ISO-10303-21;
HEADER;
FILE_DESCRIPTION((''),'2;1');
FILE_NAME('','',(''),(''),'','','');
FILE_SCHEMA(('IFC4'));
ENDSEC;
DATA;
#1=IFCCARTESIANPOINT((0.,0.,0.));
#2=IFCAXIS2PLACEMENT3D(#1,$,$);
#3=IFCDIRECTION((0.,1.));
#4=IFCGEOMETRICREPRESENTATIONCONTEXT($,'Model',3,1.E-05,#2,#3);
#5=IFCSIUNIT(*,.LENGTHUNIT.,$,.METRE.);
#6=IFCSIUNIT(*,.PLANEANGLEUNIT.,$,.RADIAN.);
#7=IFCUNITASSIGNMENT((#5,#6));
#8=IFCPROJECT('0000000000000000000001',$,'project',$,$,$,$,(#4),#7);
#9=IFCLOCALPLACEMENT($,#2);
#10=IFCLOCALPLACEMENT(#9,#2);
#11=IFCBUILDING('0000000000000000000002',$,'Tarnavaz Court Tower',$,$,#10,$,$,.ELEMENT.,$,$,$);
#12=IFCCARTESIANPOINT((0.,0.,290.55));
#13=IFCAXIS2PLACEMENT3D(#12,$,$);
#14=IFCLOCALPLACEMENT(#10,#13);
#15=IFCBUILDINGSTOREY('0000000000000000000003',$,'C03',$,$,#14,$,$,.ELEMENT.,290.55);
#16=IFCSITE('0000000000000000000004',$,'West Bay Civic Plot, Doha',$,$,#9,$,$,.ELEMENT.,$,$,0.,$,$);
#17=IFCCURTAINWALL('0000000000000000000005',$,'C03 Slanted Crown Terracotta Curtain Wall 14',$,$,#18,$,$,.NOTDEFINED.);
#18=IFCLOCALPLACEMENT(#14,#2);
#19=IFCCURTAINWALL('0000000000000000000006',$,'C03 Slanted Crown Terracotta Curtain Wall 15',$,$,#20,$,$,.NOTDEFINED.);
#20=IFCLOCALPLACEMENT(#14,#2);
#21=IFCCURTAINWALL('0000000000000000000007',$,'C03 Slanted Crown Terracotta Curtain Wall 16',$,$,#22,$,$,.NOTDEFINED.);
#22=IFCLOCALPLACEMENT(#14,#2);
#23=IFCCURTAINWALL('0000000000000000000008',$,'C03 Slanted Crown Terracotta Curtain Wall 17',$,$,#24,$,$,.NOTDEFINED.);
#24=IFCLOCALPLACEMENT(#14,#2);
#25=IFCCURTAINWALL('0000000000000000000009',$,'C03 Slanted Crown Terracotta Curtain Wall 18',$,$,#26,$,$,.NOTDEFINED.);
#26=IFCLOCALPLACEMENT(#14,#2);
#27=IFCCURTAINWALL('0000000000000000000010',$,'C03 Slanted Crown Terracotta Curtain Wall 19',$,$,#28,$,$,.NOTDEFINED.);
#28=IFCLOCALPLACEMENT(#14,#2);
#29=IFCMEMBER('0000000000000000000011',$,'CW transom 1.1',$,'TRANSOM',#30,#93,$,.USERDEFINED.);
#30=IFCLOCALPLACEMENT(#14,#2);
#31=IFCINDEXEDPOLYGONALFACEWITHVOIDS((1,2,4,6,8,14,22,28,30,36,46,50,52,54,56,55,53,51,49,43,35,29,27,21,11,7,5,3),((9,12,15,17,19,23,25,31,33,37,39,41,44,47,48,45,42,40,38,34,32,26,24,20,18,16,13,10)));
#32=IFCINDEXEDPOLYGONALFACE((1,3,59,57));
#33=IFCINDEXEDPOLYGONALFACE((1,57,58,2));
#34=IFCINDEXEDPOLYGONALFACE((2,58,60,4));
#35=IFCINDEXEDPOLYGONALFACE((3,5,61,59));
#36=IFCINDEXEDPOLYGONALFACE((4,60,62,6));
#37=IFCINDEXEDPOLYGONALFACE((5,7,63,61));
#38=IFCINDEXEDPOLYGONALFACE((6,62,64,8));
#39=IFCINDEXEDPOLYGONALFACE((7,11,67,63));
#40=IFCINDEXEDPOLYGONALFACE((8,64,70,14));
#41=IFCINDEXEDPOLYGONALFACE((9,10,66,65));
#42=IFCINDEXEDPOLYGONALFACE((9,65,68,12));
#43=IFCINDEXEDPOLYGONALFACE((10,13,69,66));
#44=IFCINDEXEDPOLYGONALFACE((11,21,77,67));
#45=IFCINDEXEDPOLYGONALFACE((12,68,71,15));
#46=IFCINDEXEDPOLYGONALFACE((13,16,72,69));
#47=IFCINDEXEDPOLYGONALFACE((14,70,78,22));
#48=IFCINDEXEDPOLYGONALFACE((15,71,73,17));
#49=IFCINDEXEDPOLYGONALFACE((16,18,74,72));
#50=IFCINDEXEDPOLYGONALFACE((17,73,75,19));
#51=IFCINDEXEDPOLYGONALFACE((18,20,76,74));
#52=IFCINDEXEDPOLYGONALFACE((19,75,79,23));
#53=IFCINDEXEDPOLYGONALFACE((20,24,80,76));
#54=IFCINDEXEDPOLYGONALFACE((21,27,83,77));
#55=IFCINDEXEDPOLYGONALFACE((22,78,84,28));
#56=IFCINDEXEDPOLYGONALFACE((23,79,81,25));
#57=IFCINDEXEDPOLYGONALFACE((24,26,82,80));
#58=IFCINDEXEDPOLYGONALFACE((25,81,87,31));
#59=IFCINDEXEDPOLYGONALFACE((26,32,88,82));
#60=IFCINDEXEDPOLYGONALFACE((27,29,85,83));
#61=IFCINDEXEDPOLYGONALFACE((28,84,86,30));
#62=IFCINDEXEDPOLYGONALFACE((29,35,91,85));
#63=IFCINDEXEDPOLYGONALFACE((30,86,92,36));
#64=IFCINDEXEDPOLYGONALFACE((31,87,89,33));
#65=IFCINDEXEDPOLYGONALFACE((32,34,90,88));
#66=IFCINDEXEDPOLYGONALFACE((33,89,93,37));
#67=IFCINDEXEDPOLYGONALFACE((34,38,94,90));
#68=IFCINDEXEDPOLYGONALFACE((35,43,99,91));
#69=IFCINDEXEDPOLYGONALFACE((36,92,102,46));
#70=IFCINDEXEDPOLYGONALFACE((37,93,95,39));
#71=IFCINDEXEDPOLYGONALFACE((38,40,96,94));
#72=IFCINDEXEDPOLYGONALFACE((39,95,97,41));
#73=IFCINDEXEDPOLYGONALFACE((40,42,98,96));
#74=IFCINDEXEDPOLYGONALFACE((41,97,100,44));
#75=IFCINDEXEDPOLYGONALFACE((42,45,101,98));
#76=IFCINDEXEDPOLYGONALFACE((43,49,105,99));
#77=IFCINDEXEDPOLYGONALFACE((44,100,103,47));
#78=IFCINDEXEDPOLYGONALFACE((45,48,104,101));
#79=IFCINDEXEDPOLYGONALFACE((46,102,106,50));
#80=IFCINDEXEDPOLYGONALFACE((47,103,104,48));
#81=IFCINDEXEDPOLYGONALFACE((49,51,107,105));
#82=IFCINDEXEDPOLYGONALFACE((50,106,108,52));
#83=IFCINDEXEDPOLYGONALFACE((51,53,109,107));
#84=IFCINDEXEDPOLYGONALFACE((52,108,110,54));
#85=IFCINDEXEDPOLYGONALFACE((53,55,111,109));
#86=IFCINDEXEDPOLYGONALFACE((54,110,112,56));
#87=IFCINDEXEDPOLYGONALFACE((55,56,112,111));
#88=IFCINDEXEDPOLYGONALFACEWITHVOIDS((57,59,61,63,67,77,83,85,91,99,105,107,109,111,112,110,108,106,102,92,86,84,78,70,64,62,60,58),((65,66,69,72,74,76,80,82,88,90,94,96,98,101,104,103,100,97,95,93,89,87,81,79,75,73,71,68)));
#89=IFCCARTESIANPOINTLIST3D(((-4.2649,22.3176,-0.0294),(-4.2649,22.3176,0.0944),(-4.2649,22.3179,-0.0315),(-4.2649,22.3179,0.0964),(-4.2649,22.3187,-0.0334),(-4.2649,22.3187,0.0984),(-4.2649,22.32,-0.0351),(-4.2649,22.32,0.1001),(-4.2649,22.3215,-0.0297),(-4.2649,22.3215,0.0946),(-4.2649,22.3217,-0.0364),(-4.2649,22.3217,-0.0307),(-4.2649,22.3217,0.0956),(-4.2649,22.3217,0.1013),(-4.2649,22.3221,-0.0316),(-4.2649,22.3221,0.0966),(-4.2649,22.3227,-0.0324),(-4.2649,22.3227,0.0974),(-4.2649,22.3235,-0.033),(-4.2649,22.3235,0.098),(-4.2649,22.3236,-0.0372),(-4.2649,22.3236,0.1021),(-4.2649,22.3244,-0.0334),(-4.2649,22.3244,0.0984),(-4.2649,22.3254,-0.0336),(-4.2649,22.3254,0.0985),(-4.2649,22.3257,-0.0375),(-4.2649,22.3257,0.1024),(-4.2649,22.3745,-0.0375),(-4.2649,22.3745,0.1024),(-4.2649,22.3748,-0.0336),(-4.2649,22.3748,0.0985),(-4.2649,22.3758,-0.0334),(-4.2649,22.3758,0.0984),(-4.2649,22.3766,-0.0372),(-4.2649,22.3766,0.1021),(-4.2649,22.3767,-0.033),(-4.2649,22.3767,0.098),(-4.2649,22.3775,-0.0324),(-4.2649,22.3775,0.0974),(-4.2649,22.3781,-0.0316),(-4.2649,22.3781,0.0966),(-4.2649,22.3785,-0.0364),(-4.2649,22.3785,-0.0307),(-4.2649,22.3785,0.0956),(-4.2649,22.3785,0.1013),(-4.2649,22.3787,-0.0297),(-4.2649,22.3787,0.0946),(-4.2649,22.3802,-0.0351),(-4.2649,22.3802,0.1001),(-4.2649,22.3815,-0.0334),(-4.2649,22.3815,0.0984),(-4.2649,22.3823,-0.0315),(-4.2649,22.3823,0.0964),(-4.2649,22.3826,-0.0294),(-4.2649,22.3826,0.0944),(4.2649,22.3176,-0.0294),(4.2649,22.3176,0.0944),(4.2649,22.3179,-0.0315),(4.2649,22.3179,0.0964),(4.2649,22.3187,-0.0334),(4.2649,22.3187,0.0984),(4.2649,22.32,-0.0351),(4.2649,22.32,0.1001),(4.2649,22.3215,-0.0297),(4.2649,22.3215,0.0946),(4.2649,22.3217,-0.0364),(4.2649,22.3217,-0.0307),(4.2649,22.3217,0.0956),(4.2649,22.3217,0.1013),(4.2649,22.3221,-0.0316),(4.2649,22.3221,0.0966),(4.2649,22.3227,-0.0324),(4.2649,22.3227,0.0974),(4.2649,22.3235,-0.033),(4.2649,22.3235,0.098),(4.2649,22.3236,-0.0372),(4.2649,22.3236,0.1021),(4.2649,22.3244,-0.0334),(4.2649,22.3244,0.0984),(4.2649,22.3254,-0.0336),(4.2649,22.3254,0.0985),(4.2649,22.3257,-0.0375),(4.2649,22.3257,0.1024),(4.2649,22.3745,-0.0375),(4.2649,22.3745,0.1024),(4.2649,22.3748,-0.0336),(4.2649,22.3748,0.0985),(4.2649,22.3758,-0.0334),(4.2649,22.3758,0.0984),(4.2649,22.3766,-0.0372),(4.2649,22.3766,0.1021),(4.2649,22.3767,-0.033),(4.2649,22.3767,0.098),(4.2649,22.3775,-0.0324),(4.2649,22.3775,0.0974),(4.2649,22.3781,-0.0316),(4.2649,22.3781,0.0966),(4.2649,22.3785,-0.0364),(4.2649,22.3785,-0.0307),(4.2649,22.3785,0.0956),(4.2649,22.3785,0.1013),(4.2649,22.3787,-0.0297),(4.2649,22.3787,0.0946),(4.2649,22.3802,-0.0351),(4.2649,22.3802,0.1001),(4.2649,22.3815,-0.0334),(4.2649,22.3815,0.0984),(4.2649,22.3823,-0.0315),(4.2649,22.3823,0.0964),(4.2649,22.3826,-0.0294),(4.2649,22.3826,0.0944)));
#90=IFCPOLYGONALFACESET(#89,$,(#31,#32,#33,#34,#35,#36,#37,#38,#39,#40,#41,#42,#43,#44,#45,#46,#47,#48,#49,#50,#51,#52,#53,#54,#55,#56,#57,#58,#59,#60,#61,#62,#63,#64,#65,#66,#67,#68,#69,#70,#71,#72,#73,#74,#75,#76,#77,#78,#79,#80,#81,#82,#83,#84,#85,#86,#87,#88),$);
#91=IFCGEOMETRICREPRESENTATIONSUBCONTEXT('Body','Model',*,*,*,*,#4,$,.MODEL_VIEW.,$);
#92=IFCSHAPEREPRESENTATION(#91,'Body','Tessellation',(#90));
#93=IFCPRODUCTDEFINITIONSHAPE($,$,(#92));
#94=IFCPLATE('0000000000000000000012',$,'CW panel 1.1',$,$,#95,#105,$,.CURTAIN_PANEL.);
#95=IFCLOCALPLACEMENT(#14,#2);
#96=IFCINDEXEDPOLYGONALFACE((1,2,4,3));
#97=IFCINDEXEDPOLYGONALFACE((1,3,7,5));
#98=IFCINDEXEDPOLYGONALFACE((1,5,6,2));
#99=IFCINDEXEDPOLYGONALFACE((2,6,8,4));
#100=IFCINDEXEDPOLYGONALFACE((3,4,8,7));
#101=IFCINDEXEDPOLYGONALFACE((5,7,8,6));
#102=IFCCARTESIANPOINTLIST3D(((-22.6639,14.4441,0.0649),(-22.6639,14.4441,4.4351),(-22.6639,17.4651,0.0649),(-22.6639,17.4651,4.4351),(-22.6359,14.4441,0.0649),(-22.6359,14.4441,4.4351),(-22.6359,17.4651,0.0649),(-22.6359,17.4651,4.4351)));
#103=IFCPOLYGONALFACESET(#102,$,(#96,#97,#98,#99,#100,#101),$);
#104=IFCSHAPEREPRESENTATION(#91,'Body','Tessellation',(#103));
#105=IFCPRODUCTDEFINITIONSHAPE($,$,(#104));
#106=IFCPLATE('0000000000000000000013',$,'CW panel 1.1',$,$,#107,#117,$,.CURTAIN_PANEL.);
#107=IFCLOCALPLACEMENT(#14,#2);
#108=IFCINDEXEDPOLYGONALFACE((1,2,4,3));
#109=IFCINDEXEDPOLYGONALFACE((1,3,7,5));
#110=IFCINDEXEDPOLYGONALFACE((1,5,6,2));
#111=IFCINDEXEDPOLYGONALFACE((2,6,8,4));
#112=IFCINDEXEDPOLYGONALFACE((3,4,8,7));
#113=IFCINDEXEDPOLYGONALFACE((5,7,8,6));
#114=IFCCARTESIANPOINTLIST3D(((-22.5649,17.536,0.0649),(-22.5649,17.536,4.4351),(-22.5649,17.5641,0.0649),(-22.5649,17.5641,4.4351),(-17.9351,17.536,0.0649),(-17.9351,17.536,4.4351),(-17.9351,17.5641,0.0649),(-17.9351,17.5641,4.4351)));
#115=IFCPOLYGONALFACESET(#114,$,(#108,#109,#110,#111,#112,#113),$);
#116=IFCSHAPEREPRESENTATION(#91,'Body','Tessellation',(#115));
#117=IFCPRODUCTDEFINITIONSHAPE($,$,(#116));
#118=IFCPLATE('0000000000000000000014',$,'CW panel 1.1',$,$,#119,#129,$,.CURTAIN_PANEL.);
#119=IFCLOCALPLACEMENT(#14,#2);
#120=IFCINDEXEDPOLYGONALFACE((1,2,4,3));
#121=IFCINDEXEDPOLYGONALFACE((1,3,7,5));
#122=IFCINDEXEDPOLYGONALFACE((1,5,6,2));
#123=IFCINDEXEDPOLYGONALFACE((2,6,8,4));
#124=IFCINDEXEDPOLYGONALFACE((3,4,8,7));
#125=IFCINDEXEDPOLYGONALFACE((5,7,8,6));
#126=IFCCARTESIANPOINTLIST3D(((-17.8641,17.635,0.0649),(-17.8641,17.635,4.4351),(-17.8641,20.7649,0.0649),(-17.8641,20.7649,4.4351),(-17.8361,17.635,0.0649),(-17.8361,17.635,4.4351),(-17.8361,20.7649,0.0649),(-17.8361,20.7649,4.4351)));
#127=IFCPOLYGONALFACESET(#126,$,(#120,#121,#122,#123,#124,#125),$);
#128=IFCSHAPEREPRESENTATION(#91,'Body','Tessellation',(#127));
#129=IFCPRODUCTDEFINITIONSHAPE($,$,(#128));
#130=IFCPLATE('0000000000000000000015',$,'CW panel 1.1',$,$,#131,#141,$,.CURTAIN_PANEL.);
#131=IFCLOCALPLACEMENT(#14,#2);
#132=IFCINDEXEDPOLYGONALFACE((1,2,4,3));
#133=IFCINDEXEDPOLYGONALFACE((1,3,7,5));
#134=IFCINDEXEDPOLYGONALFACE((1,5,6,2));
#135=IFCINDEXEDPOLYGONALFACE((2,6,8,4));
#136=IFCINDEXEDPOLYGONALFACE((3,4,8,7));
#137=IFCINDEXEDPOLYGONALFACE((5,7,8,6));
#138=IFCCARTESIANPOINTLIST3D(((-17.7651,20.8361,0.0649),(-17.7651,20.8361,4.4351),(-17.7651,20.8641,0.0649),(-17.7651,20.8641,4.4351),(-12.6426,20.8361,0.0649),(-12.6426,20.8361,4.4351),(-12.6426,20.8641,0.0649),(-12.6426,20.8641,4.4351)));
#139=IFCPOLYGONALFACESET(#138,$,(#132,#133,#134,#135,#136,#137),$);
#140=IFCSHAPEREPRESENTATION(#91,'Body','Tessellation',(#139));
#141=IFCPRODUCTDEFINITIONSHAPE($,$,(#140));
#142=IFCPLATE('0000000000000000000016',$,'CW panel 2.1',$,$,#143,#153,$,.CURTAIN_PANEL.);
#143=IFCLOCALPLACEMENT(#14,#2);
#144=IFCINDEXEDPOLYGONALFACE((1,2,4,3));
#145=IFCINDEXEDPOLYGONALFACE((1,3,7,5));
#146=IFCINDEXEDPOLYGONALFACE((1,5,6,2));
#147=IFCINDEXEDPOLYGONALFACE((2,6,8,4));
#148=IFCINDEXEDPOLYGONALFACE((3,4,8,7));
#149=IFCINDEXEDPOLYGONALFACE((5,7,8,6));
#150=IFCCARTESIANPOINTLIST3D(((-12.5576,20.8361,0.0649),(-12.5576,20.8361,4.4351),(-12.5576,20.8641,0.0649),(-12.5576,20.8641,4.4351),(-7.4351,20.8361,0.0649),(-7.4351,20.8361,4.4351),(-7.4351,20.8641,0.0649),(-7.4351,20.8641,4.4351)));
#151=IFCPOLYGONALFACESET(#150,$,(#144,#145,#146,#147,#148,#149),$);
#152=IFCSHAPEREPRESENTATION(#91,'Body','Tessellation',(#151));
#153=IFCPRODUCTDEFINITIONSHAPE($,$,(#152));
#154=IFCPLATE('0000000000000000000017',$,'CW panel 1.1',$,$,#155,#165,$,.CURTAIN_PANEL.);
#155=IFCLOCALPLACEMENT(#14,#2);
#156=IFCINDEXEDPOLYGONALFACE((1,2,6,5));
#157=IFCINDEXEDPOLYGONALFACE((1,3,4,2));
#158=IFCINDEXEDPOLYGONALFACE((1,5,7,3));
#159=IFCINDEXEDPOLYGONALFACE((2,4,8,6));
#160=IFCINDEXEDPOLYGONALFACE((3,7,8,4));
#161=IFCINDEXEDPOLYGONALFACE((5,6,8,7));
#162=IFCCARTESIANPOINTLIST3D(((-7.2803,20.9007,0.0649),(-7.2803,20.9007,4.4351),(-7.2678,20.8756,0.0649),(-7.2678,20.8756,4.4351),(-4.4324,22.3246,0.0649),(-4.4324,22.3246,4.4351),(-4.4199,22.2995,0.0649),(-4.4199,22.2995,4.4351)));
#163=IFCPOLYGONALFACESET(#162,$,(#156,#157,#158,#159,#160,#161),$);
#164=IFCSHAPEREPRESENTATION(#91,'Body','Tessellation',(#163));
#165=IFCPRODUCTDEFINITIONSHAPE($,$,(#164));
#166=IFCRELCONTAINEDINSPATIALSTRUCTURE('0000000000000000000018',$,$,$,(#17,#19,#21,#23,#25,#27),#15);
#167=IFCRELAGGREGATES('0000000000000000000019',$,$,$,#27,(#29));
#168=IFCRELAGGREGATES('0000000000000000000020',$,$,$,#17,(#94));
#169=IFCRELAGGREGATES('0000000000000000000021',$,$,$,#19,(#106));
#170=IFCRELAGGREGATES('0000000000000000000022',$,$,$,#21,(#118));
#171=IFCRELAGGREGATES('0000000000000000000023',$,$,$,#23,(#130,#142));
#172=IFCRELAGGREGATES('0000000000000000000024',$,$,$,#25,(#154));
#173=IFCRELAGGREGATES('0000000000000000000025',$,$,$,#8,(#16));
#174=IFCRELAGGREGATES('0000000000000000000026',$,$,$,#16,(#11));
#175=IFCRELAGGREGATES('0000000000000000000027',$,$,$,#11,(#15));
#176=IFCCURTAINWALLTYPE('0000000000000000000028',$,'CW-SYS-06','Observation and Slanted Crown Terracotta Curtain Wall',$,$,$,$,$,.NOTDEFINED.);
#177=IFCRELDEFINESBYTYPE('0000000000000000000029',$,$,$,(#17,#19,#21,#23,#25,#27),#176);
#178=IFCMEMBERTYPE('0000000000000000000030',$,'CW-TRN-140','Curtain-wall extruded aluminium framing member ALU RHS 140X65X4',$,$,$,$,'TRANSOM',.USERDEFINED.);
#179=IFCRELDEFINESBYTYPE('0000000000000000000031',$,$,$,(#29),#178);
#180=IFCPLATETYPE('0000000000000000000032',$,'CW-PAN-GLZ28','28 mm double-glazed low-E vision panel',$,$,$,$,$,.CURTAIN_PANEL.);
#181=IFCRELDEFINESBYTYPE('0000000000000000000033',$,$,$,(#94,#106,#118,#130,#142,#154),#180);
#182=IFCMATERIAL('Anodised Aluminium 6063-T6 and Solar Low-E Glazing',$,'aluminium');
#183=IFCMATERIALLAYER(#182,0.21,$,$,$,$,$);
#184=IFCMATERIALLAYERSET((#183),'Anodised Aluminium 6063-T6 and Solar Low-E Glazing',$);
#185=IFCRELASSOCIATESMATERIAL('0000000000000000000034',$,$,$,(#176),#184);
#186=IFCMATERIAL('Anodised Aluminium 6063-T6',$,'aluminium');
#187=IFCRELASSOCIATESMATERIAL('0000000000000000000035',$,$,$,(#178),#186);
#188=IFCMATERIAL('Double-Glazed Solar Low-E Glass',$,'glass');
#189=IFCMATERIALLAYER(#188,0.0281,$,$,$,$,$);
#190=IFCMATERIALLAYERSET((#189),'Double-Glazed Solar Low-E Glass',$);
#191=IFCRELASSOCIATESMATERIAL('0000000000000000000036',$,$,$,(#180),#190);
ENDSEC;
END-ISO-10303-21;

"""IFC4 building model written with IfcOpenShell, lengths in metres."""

from ifc_helpers import new_model, si_unit, direction, frame, origin, origin_2d, place, context, subcontext, project, spatial, rectangle, hollow_rectangle, extrude, material, layer, layer_set, material_profile, profile_set, type_object, element, aggregate, save


model = new_model("IFC4")

# Units and contexts
model_context = context("Model", 3, precision=1e-05, world=origin(), true_north=direction((0.0, 1.0)))
body_context = subcontext(model_context, "Body", "Model", "MODEL_VIEW")
ifc_project = project(units=[si_unit("LENGTHUNIT", "METRE"), si_unit("PLANEANGLEUNIT", "RADIAN")], contexts=[model_context])

# Site, building, storey
site_placement = place(None, origin())
site = spatial("IfcSite", under=ifc_project, at=site_placement, Name="West Bay Civic Plot, Doha", CompositionType="ELEMENT", RefElevation=0.0)
building_placement = place(site_placement, origin())
building = spatial("IfcBuilding", under=site, at=building_placement, Name="Tarnavaz Court Tower", CompositionType="ELEMENT")
storey_placement = place(building_placement, frame((0.0, 0.0, 290.55)))
storey = spatial("IfcBuildingStorey", under=building, at=storey_placement, Name="C03", CompositionType="ELEMENT", Elevation=290.55)

# Curtain walls
ifc_material_1 = material(Name="Anodised Aluminium 6063-T6 and Solar Low-E Glazing", Category="aluminium")
ifc_layer_1 = layer(ifc_material_1, 0.21)
ifc_layer_set_1 = layer_set([ifc_layer_1], Name="Anodised Aluminium 6063-T6 and Solar Low-E Glazing")
curtain_wall_type = type_object("IfcCurtainWallType", Name="CW-SYS-06", Description="Observation and Slanted Crown Terracotta Curtain Wall", PredefinedType="NOTDEFINED", material=ifc_layer_set_1)
curtain_wall_1_placement = place(storey_placement, origin())
curtain_wall_1 = element("IfcCurtainWall", 1, at=curtain_wall_1_placement, inside=storey, type_object=curtain_wall_type, Name="C03 Slanted Crown Terracotta Curtain Wall 14", PredefinedType="NOTDEFINED")
ifc_material_2 = material(Name="Anodised Aluminium 6063-T6", Category="aluminium")
curtain_wall_2_placement = place(storey_placement, origin())
curtain_wall_2 = element("IfcCurtainWall", 2, at=curtain_wall_2_placement, inside=storey, type_object=curtain_wall_type, Name="C03 Slanted Crown Terracotta Curtain Wall 15", PredefinedType="NOTDEFINED")
curtain_wall_3_placement = place(storey_placement, origin())
curtain_wall_3 = element("IfcCurtainWall", 3, at=curtain_wall_3_placement, inside=storey, type_object=curtain_wall_type, Name="C03 Slanted Crown Terracotta Curtain Wall 16", PredefinedType="NOTDEFINED")
curtain_wall_4_placement = place(storey_placement, origin())
curtain_wall_4 = element("IfcCurtainWall", 4, at=curtain_wall_4_placement, inside=storey, type_object=curtain_wall_type, Name="C03 Slanted Crown Terracotta Curtain Wall 17", PredefinedType="NOTDEFINED")
curtain_wall_5_placement = place(storey_placement, origin())
curtain_wall_5 = element("IfcCurtainWall", 5, at=curtain_wall_5_placement, inside=storey, type_object=curtain_wall_type, Name="C03 Slanted Crown Terracotta Curtain Wall 18", PredefinedType="NOTDEFINED")

# Curtain wall
curtain_wall_6_placement = place(storey_placement, origin())
curtain_wall_6 = element("IfcCurtainWall", 6, at=curtain_wall_6_placement, inside=storey, type_object=curtain_wall_type, Name="C03 Slanted Crown Terracotta Curtain Wall 19", PredefinedType="NOTDEFINED")

# Member
ifc_material_profile_1 = material_profile(ifc_material_2, hollow_rectangle(XDim=0.0649, YDim=0.1399, WallThickness=0.0039, InnerFilletRadius=0.0039, OuterFilletRadius=0.0081, at=origin_2d()), Name="ALU RHS 140X65X4")
ifc_profile_set_1 = profile_set([ifc_material_profile_1], Name="Anodised Aluminium 6063-T6")
member_type_1 = type_object("IfcMemberType", Name="CW-TRN-140", Description="Curtain-wall extruded aluminium framing member ALU RHS 140X65X4", ElementType="TRANSOM", PredefinedType="USERDEFINED", material=ifc_profile_set_1)
member_1_placement = place(storey_placement, frame((-4.2649, 22.3501, 0.0325), z_axis=(1.0, 0.0, 0.0), x_axis=(0.0, 1.0, 0.0)))
member_1 = element("IfcMember", 7, at=member_1_placement, type_object=member_type_1, Name="CW transom 1.1", ObjectType="TRANSOM", PredefinedType="USERDEFINED", context=body_context, shape_type="SweptSolid", body=[
    extrude(hollow_rectangle(XDim=0.0649, YDim=0.1399, WallThickness=0.0039, InnerFilletRadius=0.0039, OuterFilletRadius=0.0081, at=origin_2d()), origin(), (0.0, 0.0, 1.0), 8.5298),
])
aggregate(curtain_wall_6, [member_1])

# Plates
ifc_material_3 = material(Name="Double-Glazed Solar Low-E Glass", Category="glass")
ifc_layer_2 = layer(ifc_material_3, 0.0281)
ifc_layer_set_2 = layer_set([ifc_layer_2], Name="Double-Glazed Solar Low-E Glass")
plate_type = type_object("IfcPlateType", Name="CW-PAN-GLZ28", Description="28 mm double-glazed low-E vision panel", PredefinedType="CURTAIN_PANEL", material=ifc_layer_set_2)
plate_1_placement = place(storey_placement, frame((-22.6499, 15.9546, 0.0649), z_axis=(0.0, 0.0, 1.0), x_axis=(0.0, 1.0, 0.0)))
plate_1 = element("IfcPlate", 8, at=plate_1_placement, type_object=plate_type, Name="CW panel 1.1", PredefinedType="CURTAIN_PANEL", context=body_context, shape_type="SweptSolid", body=[
    extrude(rectangle(XDim=3.021, YDim=0.0281, at=origin_2d()), origin(), (0.0, 0.0, 1.0), 4.3701),
])
aggregate(curtain_wall_1, [plate_1])
plate_2_placement = place(storey_placement, frame((-20.25, 17.55, 0.0649), z_axis=(0.0, 0.0, 1.0), x_axis=(1.0, 0.0, 0.0)))
plate_2 = element("IfcPlate", 9, at=plate_2_placement, type_object=plate_type, Name="CW panel 1.1", PredefinedType="CURTAIN_PANEL", context=body_context, shape_type="SweptSolid", body=[
    extrude(rectangle(XDim=4.6299, YDim=0.0281, at=origin_2d()), origin(), (0.0, 0.0, 1.0), 4.3701),
])
aggregate(curtain_wall_2, [plate_2])
plate_3_placement = place(storey_placement, frame((-17.8501, 19.2, 0.0649), z_axis=(0.0, 0.0, 1.0), x_axis=(0.0, 1.0, 0.0)))
plate_3 = element("IfcPlate", 10, at=plate_3_placement, type_object=plate_type, Name="CW panel 1.1", PredefinedType="CURTAIN_PANEL", context=body_context, shape_type="SweptSolid", body=[
    extrude(rectangle(XDim=3.1299, YDim=0.0281, at=origin_2d()), origin(), (0.0, 0.0, 1.0), 4.3701),
])
aggregate(curtain_wall_3, [plate_3])
plate_4_placement = place(storey_placement, frame((-15.2039, 20.8501, 0.0649), z_axis=(0.0, 0.0, 1.0), x_axis=(1.0, 0.0, 0.0)))
plate_4 = element("IfcPlate", 11, at=plate_4_placement, type_object=plate_type, Name="CW panel 1.1", PredefinedType="CURTAIN_PANEL", context=body_context, shape_type="SweptSolid", body=[
    extrude(rectangle(XDim=5.1226, YDim=0.0281, at=origin_2d()), origin(), (0.0, 0.0, 1.0), 4.3701),
])
plate_5_placement = place(storey_placement, frame((-9.9963, 20.8501, 0.0649), z_axis=(0.0, 0.0, 1.0), x_axis=(1.0, 0.0, 0.0)))
plate_5 = element("IfcPlate", 12, at=plate_5_placement, type_object=plate_type, Name="CW panel 2.1", PredefinedType="CURTAIN_PANEL", context=body_context, shape_type="SweptSolid", body=[
    extrude(rectangle(XDim=5.1226, YDim=0.0281, at=origin_2d()), origin(), (0.0, 0.0, 1.0), 4.3701),
])
aggregate(curtain_wall_4, [plate_4, plate_5])
plate_6_placement = place(storey_placement, frame((-5.8501, 21.6001, 0.0649), z_axis=(0.0, 0.0, 1.0), x_axis=(0.894427, 0.447214, 0.0)))
plate_6 = element("IfcPlate", 13, at=plate_6_placement, type_object=plate_type, Name="CW panel 1.1", PredefinedType="CURTAIN_PANEL", context=body_context, shape_type="SweptSolid", body=[
    extrude(rectangle(XDim=3.1841, YDim=0.0281, at=origin_2d()), origin(), (0.0, 0.0, 1.0), 4.3701),
])
aggregate(curtain_wall_5, [plate_6])

save(model, "model.ifc")
